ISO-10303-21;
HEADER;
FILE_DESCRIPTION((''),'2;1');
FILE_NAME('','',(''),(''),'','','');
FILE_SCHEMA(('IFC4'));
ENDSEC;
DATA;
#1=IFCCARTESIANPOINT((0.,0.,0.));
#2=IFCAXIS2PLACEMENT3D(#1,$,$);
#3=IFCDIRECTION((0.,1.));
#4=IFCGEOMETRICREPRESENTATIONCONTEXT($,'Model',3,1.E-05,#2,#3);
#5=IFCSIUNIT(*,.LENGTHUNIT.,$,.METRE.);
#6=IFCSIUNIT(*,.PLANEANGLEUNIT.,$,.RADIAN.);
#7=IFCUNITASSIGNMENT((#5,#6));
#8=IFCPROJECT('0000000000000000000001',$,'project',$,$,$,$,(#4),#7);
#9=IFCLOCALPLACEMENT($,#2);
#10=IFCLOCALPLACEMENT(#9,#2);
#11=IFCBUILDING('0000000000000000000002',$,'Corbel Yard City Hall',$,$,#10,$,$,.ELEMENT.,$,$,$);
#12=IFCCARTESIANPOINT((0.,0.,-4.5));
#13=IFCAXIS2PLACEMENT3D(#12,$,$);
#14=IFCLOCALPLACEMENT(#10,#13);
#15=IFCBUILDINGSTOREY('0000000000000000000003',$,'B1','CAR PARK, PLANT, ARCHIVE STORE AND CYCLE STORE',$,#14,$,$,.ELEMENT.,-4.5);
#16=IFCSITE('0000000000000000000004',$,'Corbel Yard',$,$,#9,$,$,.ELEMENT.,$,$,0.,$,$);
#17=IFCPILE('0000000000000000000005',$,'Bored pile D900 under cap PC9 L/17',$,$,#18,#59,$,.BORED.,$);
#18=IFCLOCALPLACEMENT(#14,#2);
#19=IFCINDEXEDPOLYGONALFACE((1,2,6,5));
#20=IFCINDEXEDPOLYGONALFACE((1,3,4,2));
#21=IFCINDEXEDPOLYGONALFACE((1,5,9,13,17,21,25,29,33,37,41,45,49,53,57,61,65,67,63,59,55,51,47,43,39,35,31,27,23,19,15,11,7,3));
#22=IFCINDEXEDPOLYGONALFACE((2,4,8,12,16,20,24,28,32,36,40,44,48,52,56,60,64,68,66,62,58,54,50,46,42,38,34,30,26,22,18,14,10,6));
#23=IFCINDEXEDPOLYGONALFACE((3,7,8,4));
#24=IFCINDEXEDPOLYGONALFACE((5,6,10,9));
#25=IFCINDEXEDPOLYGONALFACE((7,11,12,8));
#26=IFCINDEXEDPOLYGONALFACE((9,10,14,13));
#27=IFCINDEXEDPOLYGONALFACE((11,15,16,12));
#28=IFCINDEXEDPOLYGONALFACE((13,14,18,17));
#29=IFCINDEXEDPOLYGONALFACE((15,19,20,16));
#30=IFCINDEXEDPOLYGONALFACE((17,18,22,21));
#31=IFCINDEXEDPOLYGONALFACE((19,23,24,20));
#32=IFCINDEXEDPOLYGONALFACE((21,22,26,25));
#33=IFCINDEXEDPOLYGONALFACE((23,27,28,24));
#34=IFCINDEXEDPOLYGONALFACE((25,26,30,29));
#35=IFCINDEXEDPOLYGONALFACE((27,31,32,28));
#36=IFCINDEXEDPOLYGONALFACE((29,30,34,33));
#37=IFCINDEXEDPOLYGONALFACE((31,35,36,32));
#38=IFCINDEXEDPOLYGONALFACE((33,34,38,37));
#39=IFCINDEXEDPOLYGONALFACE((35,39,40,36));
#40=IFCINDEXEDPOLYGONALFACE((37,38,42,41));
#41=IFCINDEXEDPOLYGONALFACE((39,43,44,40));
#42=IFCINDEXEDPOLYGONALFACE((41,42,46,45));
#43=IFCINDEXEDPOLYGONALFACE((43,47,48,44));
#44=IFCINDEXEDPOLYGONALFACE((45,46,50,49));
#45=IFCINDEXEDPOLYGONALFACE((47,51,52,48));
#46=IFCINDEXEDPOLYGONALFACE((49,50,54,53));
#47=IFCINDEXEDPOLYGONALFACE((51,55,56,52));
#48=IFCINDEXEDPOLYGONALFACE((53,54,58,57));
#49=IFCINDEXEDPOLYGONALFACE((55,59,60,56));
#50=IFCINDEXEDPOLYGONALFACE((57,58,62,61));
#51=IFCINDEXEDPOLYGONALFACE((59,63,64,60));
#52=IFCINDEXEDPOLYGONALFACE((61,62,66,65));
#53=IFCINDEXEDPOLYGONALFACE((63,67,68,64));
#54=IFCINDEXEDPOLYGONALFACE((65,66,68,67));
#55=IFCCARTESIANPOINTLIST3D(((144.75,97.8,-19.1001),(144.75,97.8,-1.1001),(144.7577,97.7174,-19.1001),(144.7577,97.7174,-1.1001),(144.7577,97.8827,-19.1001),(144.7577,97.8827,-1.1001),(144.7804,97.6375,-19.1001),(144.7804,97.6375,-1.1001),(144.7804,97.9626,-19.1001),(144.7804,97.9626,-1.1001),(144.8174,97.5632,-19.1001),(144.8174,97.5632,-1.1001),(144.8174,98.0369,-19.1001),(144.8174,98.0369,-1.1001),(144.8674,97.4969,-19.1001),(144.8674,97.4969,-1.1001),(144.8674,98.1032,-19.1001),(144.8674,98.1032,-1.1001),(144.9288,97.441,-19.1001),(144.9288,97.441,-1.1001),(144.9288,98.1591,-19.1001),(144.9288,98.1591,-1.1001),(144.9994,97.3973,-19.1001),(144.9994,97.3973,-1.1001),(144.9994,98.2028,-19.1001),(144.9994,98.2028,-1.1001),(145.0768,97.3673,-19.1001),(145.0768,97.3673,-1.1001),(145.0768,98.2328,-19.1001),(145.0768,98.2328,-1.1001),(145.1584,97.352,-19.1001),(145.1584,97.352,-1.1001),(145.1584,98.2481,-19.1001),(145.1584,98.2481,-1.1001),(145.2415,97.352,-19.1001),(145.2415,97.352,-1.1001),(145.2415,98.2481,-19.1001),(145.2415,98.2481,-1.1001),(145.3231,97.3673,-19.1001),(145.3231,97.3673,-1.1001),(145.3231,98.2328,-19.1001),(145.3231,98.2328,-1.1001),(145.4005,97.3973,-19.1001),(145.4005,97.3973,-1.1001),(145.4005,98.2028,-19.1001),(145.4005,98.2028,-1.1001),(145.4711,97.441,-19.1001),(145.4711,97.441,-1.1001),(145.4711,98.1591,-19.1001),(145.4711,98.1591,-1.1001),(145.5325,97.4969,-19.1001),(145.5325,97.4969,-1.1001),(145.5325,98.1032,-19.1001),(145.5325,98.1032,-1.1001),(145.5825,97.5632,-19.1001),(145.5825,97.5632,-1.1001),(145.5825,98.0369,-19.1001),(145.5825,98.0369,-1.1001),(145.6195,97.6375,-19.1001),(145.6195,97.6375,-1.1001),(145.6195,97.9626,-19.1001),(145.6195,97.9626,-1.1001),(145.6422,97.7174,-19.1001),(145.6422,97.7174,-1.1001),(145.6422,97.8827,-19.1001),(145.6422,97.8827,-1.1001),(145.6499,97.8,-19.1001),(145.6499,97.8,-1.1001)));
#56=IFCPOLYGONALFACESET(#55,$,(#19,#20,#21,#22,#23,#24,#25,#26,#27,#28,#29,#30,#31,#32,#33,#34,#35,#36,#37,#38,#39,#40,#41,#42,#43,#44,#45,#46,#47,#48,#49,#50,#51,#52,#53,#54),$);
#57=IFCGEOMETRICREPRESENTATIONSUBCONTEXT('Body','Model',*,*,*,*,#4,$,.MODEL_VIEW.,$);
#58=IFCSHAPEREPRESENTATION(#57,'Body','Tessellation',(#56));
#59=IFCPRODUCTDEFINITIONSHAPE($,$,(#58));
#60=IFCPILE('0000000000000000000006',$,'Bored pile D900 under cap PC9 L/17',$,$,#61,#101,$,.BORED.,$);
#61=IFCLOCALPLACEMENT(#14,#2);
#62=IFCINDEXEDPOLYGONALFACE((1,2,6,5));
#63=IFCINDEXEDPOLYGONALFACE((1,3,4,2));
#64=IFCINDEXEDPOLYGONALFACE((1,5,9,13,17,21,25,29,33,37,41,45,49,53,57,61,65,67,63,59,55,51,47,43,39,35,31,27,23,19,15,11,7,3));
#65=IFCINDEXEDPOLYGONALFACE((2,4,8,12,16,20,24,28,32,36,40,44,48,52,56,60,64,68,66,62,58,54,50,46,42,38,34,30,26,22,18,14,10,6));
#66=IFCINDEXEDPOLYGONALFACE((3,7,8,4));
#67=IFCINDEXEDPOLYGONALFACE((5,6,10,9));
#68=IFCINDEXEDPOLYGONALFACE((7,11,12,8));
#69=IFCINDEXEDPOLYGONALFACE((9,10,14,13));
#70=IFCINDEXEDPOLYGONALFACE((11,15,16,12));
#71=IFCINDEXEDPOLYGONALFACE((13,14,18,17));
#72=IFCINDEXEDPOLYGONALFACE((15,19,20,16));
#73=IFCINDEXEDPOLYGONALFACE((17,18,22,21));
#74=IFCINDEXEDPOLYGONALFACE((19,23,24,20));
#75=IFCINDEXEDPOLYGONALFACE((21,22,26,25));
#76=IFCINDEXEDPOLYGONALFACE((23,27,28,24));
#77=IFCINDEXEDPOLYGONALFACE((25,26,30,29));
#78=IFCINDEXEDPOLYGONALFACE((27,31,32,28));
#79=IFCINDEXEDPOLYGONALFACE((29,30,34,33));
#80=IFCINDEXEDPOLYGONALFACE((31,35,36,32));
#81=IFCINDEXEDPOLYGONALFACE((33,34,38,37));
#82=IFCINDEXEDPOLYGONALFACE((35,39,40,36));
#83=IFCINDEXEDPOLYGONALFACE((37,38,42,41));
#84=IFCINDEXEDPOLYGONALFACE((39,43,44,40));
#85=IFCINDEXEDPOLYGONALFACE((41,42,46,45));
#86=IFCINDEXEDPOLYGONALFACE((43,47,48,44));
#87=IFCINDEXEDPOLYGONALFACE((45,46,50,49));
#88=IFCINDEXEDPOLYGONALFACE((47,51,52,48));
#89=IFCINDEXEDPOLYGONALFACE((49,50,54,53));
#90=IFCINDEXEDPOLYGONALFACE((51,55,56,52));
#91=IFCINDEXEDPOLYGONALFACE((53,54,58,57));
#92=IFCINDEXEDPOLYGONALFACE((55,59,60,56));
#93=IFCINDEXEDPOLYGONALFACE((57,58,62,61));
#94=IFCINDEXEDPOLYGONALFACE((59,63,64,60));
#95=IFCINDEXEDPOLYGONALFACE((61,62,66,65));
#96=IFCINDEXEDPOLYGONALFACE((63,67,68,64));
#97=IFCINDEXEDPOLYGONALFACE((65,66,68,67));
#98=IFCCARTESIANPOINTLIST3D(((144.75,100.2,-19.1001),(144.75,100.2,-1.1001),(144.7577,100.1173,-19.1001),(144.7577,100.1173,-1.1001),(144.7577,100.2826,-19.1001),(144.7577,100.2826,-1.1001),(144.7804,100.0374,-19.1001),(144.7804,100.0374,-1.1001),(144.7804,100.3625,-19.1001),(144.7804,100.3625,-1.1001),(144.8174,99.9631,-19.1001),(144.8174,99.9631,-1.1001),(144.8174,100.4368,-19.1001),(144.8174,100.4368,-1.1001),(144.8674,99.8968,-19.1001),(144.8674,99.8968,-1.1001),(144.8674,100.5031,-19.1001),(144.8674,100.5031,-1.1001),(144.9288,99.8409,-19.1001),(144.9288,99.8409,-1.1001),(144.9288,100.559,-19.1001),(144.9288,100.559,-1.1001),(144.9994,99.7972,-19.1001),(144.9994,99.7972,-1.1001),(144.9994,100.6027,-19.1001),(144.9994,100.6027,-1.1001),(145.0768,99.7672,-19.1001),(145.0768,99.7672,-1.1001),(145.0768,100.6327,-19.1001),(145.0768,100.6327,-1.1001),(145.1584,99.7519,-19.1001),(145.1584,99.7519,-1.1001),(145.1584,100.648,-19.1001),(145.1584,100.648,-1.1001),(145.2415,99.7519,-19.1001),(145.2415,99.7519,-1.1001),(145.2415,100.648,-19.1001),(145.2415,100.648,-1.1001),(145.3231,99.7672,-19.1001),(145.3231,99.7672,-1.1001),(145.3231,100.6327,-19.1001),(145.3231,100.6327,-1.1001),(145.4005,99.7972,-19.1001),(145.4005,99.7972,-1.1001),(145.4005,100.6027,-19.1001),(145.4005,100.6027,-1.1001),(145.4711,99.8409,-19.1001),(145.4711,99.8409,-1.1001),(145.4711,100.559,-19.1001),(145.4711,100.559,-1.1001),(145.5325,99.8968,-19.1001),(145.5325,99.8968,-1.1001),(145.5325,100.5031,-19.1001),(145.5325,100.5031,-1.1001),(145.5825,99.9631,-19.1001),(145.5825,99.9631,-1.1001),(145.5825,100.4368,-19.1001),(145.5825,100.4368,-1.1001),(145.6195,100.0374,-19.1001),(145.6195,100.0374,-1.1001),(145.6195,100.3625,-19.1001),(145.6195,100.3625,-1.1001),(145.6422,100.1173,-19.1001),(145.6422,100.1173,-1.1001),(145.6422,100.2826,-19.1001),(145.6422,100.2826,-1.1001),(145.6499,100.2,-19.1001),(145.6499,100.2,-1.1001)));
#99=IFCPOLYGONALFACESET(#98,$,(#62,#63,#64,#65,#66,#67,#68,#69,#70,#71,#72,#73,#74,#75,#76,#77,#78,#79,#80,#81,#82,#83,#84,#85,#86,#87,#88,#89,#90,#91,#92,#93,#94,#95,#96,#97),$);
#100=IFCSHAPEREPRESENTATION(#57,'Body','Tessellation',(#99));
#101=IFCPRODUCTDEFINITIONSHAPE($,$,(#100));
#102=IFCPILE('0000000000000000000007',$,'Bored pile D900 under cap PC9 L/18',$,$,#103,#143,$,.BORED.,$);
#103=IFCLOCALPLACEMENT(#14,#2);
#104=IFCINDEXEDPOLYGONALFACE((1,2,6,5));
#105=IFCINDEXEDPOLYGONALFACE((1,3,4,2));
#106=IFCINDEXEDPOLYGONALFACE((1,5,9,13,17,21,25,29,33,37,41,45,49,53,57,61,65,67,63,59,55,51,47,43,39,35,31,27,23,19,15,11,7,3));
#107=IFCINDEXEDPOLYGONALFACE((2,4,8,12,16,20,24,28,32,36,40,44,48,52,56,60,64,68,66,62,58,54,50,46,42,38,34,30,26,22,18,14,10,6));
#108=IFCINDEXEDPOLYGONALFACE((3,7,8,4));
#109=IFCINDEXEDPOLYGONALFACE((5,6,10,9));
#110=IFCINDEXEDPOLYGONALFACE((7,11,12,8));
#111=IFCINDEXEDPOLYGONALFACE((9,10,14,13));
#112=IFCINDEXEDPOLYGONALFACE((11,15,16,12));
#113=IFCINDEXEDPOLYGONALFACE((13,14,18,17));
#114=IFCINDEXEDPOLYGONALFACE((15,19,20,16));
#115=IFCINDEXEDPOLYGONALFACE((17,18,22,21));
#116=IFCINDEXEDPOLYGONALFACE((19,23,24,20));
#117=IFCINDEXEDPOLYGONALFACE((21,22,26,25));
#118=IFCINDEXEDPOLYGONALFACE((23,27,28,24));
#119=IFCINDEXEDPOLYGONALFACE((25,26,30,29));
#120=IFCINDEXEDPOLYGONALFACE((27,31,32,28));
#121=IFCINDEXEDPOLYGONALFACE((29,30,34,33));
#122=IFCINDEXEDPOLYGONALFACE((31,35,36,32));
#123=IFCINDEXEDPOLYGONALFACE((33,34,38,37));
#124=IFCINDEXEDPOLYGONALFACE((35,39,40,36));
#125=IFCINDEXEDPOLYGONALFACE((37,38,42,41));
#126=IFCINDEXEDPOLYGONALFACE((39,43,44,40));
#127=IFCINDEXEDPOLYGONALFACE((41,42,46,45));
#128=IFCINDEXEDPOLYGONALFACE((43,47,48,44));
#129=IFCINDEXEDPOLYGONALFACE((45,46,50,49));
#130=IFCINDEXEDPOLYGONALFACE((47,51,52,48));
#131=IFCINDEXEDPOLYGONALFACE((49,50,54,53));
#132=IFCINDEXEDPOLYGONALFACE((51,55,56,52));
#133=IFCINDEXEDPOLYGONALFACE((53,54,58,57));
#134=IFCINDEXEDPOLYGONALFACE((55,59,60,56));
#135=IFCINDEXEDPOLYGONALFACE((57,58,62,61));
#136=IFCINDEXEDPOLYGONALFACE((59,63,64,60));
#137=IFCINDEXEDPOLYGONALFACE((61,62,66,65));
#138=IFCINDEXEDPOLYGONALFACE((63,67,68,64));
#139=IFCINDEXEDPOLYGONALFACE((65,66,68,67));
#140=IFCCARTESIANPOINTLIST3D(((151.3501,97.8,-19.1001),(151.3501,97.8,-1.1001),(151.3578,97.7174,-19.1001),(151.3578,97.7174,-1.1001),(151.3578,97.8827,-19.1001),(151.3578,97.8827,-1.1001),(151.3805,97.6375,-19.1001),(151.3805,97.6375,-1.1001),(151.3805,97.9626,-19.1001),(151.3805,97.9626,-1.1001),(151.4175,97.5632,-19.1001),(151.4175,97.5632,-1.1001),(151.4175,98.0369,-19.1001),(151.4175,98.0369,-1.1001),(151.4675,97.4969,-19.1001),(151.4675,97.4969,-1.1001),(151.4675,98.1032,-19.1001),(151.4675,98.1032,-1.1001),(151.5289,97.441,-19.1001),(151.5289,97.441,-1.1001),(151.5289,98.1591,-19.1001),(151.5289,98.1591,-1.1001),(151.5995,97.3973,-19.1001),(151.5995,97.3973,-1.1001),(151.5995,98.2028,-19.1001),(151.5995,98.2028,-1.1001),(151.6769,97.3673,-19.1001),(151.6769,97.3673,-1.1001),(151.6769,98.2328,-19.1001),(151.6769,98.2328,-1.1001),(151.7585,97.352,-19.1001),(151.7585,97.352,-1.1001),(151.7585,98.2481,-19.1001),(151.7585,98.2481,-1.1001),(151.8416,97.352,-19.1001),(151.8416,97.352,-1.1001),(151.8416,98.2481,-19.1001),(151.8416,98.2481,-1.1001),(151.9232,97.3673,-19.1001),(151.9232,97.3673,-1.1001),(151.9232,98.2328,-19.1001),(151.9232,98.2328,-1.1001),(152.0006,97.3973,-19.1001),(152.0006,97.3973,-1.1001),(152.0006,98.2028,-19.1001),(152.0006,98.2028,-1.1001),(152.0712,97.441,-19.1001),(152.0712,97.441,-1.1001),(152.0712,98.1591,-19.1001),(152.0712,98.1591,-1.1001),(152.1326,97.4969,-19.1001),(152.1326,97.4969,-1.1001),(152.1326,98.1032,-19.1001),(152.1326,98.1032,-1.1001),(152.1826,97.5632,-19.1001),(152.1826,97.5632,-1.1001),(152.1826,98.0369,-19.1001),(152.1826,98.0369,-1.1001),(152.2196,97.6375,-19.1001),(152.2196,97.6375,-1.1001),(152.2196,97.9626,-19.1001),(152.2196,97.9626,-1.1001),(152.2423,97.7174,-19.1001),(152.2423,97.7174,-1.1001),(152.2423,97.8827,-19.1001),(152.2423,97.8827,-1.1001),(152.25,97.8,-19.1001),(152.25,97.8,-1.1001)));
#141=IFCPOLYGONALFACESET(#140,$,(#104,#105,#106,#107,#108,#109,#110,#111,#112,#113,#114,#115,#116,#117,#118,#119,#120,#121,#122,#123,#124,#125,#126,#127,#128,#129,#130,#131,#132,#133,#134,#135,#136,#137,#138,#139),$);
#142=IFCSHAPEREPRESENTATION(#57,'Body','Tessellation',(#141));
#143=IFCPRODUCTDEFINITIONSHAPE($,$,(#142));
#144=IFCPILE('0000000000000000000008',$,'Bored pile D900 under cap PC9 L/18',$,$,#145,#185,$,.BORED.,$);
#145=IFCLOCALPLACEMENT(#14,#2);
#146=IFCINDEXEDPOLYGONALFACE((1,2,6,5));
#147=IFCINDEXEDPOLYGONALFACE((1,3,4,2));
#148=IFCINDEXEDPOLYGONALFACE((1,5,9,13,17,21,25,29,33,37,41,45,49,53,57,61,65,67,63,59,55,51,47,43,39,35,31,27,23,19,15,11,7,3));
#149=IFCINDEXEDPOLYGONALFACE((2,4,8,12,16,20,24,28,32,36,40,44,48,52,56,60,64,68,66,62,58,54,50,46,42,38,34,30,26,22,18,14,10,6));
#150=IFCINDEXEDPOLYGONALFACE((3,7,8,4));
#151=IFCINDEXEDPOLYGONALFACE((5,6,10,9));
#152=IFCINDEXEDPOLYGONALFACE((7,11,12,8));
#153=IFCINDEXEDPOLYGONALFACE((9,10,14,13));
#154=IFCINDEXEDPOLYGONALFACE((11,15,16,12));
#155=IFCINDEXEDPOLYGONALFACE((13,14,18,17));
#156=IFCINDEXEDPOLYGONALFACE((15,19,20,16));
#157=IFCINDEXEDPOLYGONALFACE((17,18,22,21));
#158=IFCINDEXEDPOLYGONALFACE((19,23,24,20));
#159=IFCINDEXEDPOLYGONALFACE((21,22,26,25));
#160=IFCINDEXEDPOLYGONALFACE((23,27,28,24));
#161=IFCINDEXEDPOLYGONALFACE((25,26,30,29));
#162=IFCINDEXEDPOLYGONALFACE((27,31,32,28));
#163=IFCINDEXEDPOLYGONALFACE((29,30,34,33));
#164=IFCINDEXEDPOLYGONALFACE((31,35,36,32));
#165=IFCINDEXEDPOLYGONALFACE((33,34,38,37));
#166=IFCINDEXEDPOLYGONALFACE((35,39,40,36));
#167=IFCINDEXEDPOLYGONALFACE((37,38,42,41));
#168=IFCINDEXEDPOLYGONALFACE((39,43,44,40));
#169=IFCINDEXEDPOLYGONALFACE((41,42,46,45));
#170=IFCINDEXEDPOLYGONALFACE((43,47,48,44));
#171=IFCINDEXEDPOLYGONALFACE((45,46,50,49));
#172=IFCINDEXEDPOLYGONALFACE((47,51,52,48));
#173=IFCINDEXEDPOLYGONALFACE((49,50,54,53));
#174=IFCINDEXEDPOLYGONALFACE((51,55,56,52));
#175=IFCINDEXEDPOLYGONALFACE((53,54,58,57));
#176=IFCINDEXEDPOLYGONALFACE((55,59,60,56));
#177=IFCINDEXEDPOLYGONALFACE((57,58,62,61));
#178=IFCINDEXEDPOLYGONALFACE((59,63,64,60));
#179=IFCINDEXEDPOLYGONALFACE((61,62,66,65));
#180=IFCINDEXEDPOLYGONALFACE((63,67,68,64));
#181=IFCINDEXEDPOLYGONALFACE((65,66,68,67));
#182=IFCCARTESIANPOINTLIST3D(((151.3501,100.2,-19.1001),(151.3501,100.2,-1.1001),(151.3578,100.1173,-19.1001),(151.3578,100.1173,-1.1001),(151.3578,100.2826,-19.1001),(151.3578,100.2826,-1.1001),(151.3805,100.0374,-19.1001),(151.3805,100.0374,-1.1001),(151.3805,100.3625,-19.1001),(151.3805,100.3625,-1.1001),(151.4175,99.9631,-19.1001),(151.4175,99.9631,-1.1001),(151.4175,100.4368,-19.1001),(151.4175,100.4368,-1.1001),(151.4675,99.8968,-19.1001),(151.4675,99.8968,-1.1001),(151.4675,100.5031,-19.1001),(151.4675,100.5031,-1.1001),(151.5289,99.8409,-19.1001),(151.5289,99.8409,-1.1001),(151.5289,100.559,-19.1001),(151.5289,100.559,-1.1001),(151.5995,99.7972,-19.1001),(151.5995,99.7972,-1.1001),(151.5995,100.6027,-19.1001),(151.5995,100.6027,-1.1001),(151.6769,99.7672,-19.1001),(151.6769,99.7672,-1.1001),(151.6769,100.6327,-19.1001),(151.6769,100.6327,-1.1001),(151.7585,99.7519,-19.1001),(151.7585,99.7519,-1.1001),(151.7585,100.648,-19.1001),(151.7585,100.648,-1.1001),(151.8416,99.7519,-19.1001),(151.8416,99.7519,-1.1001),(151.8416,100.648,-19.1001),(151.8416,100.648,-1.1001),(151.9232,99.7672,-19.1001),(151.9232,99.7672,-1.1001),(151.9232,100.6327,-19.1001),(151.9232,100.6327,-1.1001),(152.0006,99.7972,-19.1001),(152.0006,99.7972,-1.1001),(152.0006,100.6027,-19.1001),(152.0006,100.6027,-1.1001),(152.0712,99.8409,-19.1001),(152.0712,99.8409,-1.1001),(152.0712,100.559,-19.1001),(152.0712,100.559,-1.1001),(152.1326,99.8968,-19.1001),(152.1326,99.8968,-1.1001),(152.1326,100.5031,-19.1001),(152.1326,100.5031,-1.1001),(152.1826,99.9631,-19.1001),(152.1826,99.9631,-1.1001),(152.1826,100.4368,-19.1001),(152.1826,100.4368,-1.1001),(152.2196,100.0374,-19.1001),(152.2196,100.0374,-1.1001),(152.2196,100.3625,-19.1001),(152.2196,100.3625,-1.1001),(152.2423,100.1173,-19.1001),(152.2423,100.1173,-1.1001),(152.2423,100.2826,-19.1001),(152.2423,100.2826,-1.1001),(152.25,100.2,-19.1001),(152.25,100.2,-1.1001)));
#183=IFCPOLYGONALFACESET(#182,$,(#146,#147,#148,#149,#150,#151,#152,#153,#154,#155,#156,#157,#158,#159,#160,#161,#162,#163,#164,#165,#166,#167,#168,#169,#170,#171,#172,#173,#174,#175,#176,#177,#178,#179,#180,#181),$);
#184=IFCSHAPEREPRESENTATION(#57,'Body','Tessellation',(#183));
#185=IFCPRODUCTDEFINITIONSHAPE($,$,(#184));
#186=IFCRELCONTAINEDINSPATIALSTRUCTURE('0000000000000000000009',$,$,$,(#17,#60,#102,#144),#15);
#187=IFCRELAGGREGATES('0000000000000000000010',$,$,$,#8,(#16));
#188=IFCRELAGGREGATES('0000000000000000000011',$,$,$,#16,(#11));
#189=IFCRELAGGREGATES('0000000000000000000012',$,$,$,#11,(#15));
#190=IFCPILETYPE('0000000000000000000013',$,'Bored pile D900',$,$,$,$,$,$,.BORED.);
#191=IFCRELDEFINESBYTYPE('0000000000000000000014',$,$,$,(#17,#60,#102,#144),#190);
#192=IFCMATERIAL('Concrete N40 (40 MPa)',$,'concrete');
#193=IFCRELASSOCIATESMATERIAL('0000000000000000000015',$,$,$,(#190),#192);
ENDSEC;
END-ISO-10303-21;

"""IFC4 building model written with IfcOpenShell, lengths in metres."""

from ifc_helpers import new_model, si_unit, direction, frame, origin, origin_2d, place, context, subcontext, project, spatial, circle, extrude, material, material_profile, profile_set, type_object, element, save


model = new_model("IFC4")

# Units and contexts
model_context = context("Model", 3, precision=1e-05, world=origin(), true_north=direction((0.0, 1.0)))
body_context = subcontext(model_context, "Body", "Model", "MODEL_VIEW")
ifc_project = project(units=[si_unit("LENGTHUNIT", "METRE"), si_unit("PLANEANGLEUNIT", "RADIAN")], contexts=[model_context])

# Site, building, storey
site_placement = place(None, origin())
site = spatial("IfcSite", under=ifc_project, at=site_placement, Name="Corbel Yard", CompositionType="ELEMENT", RefElevation=0.0)
building_placement = place(site_placement, origin())
building = spatial("IfcBuilding", under=site, at=building_placement, Name="Corbel Yard City Hall", CompositionType="ELEMENT")
storey_placement = place(building_placement, frame((0.0, 0.0, -4.5)))
storey = spatial("IfcBuildingStorey", under=building, at=storey_placement, Name="B1", Description="CAR PARK, PLANT, ARCHIVE STORE AND CYCLE STORE", CompositionType="ELEMENT", Elevation=-4.5)

# Piles
ifc_material_1 = material(Name="Concrete N40 (40 MPa)", Category="concrete")
ifc_material_profile_1 = material_profile(ifc_material_1, circle(Radius=0.45, at=origin_2d()), Name="D900")
ifc_profile_set_1 = profile_set([ifc_material_profile_1], Name="Concrete N40 (40 MPa)")
pile_type = type_object("IfcPileType", Name="Bored pile D900", PredefinedType="BORED", material=ifc_profile_set_1)
for number, where, z_axis, x_axis, name in (
    (1, (145.2, 97.8, -1.1001), (0.0, 0.0, -1.0), (1.0, 0.0, 0.0), "Bored pile D900 under cap PC9 L/17"),
    (2, (145.2, 100.2, -1.1001), (0.0, 0.0, -1.0), (1.0, 0.0, 0.0), "Bored pile D900 under cap PC9 L/17"),
    (3, (151.8, 97.8, -1.1001), (0.0, 0.0, -1.0), (1.0, 0.0, 0.0), "Bored pile D900 under cap PC9 L/18"),
    (4, (151.8, 100.2, -1.1001), (0.0, 0.0, -1.0), (1.0, 0.0, 0.0), "Bored pile D900 under cap PC9 L/18"),
):
    element("IfcPile", number, at=place(storey_placement, frame(where, z_axis=z_axis, x_axis=x_axis)), inside=storey, type_object=pile_type, Name=name, PredefinedType="BORED", context=body_context, shape_type="SweptSolid", body=[
        extrude(circle(Radius=0.45, at=origin_2d()), origin(), (0.0, 0.0, 1.0), 18.0),
    ])

save(model, "model.ifc")
